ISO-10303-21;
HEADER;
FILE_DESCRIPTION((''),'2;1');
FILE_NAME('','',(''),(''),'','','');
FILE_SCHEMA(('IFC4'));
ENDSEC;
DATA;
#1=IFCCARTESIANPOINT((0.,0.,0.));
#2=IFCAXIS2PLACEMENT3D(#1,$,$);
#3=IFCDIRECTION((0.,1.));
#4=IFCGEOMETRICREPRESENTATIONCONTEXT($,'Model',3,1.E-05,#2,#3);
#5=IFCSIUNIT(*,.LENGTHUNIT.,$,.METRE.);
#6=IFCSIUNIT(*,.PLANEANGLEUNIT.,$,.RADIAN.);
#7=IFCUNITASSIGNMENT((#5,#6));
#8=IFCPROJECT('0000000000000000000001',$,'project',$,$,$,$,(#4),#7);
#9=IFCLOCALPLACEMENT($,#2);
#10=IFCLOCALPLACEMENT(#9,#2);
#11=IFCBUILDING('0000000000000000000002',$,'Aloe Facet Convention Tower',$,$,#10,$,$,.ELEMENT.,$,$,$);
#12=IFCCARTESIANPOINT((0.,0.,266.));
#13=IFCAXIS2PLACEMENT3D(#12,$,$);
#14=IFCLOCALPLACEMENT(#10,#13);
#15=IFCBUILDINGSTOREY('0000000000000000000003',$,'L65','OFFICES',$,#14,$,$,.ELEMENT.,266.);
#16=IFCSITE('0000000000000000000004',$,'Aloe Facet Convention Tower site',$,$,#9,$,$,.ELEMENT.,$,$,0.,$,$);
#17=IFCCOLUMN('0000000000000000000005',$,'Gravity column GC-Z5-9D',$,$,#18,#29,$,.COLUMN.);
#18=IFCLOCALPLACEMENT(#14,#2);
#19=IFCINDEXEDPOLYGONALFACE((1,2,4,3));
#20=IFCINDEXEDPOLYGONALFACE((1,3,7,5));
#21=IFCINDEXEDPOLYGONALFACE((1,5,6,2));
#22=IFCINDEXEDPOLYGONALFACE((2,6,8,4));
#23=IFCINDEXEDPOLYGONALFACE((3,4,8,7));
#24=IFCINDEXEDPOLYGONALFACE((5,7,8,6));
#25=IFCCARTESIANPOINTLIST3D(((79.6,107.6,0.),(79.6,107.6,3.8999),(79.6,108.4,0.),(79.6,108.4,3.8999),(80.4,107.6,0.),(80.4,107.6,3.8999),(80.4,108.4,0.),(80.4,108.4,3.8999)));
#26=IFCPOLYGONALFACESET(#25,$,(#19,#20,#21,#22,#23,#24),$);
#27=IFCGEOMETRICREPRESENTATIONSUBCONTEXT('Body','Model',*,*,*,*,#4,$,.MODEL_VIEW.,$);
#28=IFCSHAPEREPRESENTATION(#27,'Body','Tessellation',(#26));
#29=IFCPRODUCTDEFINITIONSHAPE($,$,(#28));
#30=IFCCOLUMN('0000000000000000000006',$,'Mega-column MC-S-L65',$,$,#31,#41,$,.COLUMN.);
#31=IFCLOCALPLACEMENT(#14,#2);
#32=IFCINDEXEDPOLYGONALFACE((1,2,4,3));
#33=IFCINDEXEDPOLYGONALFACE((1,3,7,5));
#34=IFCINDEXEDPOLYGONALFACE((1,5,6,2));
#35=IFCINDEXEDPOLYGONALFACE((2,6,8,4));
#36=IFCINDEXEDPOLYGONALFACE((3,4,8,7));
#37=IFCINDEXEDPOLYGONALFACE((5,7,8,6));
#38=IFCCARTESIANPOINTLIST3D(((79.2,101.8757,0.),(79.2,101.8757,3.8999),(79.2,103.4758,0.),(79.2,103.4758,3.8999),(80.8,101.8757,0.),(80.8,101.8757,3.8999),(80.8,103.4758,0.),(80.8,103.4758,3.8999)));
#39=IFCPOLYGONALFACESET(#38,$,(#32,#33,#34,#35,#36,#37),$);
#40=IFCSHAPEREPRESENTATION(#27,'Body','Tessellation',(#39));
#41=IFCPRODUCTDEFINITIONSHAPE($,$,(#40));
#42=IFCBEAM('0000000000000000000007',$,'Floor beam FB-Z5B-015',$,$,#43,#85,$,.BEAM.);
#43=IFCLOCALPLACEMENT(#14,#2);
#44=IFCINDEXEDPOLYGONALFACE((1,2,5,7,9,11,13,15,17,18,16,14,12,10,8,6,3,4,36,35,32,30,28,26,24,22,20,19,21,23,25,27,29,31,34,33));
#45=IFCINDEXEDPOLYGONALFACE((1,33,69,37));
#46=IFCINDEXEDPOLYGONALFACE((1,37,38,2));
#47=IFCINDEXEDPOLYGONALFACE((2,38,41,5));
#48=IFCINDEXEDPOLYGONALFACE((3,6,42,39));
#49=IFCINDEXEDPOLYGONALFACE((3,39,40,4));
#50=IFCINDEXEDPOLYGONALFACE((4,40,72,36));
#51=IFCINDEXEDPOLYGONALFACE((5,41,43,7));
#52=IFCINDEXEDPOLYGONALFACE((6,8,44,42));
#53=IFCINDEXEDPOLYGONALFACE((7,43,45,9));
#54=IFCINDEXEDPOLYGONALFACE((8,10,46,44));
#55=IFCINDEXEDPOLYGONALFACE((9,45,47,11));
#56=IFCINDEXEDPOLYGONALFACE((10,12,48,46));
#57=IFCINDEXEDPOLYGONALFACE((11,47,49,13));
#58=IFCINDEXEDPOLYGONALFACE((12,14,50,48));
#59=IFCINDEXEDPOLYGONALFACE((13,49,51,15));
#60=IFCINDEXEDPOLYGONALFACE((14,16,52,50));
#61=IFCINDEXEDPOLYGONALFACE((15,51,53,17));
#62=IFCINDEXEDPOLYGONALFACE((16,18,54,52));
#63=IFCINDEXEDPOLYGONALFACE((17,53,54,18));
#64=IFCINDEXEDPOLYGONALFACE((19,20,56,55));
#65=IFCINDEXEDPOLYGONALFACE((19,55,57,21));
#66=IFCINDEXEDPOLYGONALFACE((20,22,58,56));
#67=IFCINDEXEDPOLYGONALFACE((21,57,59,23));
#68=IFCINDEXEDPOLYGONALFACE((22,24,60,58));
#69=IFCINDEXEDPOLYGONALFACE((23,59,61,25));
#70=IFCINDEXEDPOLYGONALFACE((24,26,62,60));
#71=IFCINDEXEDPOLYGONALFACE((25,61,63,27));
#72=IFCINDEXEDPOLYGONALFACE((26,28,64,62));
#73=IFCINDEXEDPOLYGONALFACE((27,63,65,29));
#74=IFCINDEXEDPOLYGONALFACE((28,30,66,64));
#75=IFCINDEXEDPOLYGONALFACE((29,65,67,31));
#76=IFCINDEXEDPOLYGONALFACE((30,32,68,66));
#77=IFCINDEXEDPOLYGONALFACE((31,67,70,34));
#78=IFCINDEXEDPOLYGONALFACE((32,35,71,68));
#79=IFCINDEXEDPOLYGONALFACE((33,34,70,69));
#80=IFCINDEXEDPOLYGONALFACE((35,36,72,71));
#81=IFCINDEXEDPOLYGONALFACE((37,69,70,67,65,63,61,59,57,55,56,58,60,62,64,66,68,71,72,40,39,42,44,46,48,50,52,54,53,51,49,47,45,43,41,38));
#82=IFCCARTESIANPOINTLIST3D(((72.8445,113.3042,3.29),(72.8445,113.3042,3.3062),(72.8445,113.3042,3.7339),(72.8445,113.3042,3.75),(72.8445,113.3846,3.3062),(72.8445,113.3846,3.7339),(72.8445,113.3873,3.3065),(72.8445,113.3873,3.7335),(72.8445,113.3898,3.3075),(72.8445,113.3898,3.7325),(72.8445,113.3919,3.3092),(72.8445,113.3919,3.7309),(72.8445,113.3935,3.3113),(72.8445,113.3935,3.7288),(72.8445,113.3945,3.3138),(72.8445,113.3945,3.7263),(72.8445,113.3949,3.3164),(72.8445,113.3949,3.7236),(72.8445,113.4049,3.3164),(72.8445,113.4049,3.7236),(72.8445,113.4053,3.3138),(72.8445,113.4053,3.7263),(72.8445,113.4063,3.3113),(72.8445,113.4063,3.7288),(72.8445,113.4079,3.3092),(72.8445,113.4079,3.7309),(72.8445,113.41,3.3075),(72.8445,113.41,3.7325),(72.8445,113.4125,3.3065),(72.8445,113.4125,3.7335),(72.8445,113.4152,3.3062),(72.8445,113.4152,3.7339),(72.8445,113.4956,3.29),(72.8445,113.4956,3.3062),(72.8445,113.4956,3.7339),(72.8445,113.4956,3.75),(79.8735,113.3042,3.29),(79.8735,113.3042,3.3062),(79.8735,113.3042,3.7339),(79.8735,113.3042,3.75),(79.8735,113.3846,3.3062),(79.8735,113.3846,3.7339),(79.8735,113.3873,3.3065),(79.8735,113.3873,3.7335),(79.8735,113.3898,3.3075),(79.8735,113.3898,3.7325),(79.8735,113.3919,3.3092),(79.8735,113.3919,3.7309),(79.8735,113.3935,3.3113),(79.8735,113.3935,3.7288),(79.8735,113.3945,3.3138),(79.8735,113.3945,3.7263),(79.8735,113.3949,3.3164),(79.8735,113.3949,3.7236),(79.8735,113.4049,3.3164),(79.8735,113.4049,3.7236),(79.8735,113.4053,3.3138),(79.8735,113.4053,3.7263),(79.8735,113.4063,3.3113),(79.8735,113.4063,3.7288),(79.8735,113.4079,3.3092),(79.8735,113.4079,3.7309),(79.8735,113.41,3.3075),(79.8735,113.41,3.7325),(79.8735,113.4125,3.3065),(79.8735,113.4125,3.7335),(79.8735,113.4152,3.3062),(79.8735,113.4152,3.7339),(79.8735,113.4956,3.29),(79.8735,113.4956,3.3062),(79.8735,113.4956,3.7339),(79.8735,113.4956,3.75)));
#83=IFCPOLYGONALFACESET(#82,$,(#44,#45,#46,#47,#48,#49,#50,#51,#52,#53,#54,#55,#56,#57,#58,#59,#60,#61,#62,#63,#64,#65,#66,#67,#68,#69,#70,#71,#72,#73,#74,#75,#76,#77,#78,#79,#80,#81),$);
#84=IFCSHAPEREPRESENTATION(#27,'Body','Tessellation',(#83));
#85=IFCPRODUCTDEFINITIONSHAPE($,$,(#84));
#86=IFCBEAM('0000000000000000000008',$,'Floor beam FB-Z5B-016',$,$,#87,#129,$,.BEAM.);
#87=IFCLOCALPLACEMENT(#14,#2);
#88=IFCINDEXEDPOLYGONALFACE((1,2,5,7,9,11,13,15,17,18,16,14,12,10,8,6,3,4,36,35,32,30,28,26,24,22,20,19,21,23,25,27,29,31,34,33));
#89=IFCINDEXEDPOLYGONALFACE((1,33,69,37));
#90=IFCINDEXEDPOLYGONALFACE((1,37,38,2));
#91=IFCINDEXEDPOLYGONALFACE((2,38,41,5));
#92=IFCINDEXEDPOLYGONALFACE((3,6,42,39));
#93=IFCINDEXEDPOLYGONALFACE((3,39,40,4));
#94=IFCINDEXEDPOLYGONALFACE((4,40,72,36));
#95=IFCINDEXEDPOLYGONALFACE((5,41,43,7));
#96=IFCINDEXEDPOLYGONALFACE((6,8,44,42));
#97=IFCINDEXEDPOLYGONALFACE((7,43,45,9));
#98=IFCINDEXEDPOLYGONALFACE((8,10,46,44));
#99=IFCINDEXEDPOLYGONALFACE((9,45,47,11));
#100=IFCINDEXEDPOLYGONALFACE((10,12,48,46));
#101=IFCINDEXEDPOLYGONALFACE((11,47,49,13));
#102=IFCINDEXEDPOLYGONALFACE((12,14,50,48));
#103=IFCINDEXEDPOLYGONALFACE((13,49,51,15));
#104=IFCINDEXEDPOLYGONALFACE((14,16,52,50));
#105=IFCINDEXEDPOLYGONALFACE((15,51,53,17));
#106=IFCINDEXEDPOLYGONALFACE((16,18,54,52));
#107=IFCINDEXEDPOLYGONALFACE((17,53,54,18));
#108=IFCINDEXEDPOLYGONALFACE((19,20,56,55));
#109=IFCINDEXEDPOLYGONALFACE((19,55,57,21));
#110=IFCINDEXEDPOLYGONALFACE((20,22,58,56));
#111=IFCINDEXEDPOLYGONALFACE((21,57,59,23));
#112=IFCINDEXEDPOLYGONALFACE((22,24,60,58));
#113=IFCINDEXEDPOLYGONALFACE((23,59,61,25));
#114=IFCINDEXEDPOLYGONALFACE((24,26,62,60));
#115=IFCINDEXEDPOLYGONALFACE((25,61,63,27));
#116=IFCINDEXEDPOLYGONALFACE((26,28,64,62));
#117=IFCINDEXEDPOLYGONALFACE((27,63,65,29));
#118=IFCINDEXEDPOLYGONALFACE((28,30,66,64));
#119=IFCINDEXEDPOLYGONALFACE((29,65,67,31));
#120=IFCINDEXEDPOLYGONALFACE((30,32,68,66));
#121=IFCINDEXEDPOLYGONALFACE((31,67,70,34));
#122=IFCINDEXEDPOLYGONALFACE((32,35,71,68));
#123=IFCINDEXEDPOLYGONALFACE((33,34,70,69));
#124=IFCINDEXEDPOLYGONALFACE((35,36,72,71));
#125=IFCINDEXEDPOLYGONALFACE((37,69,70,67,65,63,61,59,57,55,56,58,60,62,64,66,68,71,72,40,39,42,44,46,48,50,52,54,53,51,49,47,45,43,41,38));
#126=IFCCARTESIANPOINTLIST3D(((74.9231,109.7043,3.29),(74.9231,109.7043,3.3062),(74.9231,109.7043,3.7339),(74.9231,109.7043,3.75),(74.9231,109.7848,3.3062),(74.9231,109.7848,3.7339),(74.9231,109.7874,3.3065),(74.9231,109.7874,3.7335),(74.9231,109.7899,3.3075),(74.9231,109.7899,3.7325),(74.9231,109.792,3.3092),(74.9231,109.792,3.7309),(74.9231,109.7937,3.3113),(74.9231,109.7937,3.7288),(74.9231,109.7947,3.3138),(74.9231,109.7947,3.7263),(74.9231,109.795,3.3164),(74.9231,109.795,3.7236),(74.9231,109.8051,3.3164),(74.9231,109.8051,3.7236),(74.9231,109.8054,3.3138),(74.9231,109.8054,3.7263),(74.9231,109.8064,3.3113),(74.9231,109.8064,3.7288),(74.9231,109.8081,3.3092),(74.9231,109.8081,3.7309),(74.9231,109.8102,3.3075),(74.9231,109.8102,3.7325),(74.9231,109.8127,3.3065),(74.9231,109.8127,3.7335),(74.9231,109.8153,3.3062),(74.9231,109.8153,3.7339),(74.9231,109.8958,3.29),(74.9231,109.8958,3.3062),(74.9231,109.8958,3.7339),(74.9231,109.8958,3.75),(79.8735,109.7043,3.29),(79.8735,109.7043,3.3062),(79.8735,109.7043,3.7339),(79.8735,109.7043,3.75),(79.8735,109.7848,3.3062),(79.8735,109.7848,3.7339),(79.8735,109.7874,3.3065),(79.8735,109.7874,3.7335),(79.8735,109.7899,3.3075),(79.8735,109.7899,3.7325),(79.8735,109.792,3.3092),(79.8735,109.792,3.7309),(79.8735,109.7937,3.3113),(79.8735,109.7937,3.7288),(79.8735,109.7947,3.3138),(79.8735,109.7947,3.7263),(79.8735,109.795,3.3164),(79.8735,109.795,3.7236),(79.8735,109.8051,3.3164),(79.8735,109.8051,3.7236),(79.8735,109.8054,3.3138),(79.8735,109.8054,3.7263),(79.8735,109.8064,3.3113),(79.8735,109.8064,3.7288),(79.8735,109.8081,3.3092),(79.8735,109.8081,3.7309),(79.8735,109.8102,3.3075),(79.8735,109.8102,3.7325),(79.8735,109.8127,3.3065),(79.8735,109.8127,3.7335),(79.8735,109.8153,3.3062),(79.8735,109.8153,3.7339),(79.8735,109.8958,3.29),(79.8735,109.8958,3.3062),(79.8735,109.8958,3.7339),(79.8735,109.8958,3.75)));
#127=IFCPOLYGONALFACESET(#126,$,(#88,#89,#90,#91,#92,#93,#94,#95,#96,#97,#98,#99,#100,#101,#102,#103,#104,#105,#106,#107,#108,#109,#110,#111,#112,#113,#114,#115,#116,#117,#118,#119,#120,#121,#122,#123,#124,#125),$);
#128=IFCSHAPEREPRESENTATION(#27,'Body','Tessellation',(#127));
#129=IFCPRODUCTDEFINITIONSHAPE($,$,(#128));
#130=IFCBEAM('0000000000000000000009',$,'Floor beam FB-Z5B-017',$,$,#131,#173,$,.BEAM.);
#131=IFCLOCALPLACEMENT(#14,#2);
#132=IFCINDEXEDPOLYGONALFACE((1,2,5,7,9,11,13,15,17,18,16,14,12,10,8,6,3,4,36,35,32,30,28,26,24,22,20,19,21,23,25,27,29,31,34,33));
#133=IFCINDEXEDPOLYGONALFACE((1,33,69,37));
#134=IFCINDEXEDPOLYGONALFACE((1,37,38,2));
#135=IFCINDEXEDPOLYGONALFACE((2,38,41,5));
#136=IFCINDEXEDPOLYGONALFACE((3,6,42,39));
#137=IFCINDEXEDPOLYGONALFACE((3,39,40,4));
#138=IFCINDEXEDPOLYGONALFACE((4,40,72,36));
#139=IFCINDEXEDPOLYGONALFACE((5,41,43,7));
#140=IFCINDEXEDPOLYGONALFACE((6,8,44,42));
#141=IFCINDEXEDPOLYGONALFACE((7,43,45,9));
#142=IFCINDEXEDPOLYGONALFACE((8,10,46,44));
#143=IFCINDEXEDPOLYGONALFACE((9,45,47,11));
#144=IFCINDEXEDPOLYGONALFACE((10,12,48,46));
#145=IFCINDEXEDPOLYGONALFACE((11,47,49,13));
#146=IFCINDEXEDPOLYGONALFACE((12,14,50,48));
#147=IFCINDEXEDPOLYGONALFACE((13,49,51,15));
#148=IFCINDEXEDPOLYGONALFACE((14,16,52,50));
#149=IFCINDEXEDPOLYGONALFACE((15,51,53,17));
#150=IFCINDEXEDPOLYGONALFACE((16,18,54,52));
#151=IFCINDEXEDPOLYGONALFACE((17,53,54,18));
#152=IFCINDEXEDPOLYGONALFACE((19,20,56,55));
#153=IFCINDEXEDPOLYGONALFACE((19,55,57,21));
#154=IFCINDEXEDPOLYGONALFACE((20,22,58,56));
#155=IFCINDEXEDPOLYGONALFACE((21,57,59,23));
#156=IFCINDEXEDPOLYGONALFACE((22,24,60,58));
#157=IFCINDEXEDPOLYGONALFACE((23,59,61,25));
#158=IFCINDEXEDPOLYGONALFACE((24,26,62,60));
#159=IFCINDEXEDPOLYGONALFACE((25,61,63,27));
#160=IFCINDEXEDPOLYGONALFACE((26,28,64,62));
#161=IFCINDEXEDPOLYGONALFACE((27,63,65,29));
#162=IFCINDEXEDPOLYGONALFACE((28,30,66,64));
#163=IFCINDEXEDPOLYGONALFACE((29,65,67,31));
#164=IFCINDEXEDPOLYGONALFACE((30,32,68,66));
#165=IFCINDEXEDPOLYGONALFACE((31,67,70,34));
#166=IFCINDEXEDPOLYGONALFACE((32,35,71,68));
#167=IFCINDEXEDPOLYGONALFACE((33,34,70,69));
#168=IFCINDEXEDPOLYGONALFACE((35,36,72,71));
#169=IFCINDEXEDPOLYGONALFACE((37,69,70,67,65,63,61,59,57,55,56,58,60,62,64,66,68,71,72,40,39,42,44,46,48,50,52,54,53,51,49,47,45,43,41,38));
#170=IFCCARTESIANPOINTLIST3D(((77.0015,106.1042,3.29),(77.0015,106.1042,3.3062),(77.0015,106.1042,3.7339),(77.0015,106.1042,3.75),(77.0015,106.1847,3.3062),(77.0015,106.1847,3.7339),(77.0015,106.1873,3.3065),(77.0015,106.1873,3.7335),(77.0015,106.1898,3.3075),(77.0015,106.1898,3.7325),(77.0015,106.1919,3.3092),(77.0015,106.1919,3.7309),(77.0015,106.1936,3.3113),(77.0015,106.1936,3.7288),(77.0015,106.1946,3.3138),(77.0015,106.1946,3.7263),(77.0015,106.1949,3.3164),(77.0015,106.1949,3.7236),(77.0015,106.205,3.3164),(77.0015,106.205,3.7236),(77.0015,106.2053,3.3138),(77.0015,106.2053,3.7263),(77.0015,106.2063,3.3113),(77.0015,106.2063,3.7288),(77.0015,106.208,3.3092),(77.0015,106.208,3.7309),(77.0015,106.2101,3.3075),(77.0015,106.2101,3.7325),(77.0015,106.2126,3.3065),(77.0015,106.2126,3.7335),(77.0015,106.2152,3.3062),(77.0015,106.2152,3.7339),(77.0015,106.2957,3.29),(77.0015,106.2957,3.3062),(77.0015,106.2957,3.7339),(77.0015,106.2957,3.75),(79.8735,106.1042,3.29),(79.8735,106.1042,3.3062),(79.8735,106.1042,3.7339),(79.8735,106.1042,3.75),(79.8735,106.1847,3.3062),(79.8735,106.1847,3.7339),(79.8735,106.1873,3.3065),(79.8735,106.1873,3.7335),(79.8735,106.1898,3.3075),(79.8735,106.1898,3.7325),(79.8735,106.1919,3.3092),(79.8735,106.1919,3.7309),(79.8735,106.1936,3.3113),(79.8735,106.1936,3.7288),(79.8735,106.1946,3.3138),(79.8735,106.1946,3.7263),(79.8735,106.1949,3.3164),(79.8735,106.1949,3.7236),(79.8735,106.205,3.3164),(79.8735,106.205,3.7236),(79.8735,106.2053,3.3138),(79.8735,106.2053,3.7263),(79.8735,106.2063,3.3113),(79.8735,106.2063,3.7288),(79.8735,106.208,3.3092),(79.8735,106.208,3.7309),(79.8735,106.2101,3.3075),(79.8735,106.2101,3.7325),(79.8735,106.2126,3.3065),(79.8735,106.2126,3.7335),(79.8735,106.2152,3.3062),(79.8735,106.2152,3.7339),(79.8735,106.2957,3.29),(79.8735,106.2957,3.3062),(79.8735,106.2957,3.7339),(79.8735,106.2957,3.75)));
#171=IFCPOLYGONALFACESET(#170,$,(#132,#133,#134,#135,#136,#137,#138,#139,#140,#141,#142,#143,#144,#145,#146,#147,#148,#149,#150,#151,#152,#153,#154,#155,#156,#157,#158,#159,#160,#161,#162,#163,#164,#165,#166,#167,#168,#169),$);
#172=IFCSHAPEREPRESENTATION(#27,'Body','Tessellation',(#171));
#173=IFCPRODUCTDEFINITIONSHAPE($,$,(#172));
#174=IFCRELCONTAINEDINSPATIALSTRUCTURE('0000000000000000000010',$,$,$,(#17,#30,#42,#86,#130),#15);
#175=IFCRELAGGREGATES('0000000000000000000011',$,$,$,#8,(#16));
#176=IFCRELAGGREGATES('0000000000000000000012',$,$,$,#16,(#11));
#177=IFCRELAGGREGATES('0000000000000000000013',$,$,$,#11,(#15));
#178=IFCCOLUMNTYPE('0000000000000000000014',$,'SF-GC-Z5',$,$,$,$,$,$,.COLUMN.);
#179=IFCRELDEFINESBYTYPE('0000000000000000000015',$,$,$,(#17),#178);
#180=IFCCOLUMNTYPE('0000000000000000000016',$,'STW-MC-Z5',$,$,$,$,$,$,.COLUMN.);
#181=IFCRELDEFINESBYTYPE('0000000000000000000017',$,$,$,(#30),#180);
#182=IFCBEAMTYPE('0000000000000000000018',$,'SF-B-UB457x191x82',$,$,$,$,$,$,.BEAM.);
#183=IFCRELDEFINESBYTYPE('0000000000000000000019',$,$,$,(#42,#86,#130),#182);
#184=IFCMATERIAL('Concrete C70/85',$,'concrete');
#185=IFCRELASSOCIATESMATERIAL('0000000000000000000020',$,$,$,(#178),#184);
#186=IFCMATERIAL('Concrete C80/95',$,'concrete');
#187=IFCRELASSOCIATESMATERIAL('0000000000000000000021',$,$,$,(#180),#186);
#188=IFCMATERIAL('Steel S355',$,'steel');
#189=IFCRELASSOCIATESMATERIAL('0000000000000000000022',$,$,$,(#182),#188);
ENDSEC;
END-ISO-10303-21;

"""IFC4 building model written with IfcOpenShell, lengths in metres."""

from ifc_helpers import new_model, si_unit, direction, frame, origin, origin_2d, place, context, subcontext, project, spatial, rectangle, i_section, extrude, material, material_profile, profile_set, type_object, element, save


model = new_model("IFC4")

# Units and contexts
model_context = context("Model", 3, precision=1e-05, world=origin(), true_north=direction((0.0, 1.0)))
body_context = subcontext(model_context, "Body", "Model", "MODEL_VIEW")
ifc_project = project(units=[si_unit("LENGTHUNIT", "METRE"), si_unit("PLANEANGLEUNIT", "RADIAN")], contexts=[model_context])

# Site, building, storey
site_placement = place(None, origin())
site = spatial("IfcSite", under=ifc_project, at=site_placement, Name="Aloe Facet Convention Tower site", CompositionType="ELEMENT", RefElevation=0.0)
building_placement = place(site_placement, origin())
building = spatial("IfcBuilding", under=site, at=building_placement, Name="Aloe Facet Convention Tower", CompositionType="ELEMENT")
storey_placement = place(building_placement, frame((0.0, 0.0, 266.0)))
storey = spatial("IfcBuildingStorey", under=building, at=storey_placement, Name="L65", Description="OFFICES", CompositionType="ELEMENT", Elevation=266.0)

# Columns
ifc_material_1 = material(Name="Concrete C70/85", Category="concrete")
ifc_material_profile_1 = material_profile(ifc_material_1, rectangle(XDim=0.8, YDim=0.8, at=origin_2d()), Name="SF-GC-Z5")
ifc_profile_set_1 = profile_set([ifc_material_profile_1], Name="Concrete C70/85")
column_type_1 = type_object("IfcColumnType", Name="SF-GC-Z5", PredefinedType="COLUMN", material=ifc_profile_set_1)
column_1_placement = place(storey_placement, frame((80.0, 108.0, 0.0), z_axis=(0.0, 0.0, 1.0), x_axis=(1.0, 0.0, 0.0)))
element("IfcColumn", 1, at=column_1_placement, inside=storey, type_object=column_type_1, Name="Gravity column GC-Z5-9D", PredefinedType="COLUMN", context=body_context, shape_type="SweptSolid", body=[
    extrude(rectangle(XDim=0.8, YDim=0.8, at=origin_2d()), origin(), (0.0, 0.0, 1.0), 3.8999),
])
ifc_material_2 = material(Name="Concrete C80/95", Category="concrete")
ifc_material_profile_2 = material_profile(ifc_material_2, rectangle(XDim=1.6001, YDim=1.6001, at=origin_2d()), Name="STW-MC-Z5")
ifc_profile_set_2 = profile_set([ifc_material_profile_2], Name="Concrete C80/95")
column_type_2 = type_object("IfcColumnType", Name="STW-MC-Z5", PredefinedType="COLUMN", material=ifc_profile_set_2)
column_2_placement = place(storey_placement, frame((80.0, 102.6758, 0.0), z_axis=(0.0, 0.0, 1.0), x_axis=(1.0, 0.0, 0.0)))
element("IfcColumn", 2, at=column_2_placement, inside=storey, type_object=column_type_2, Name="Mega-column MC-S-L65", PredefinedType="COLUMN", context=body_context, shape_type="SweptSolid", body=[
    extrude(rectangle(XDim=1.6001, YDim=1.6001, at=origin_2d()), origin(), (0.0, 0.0, 1.0), 3.8999),
])

# Beams
ifc_material_3 = material(Name="Steel S355", Category="steel")
ifc_material_profile_3 = material_profile(ifc_material_3, i_section(OverallWidth=0.1914, OverallDepth=0.46, WebThickness=0.01, FlangeThickness=0.0161, FilletRadius=0.0103, at=origin_2d()), Name="UB 457x191x82")
ifc_profile_set_3 = profile_set([ifc_material_profile_3], Name="Steel S355")
beam_type_1 = type_object("IfcBeamType", Name="SF-B-UB457x191x82", PredefinedType="BEAM", material=ifc_profile_set_3)
beam_1_placement = place(storey_placement, frame((72.8445, 113.3999, 3.52), z_axis=(1.0, 0.0, 0.0), x_axis=(0.0, 1.0, 0.0)))
element("IfcBeam", 3, at=beam_1_placement, inside=storey, type_object=beam_type_1, Name="Floor beam FB-Z5B-015", PredefinedType="BEAM", context=body_context, shape_type="SweptSolid", body=[
    extrude(i_section(OverallWidth=0.1914, OverallDepth=0.46, WebThickness=0.01, FlangeThickness=0.0161, FilletRadius=0.0103, at=origin_2d()), origin(), (0.0, 0.0, 1.0), 7.0291),
])
beam_2_placement = place(storey_placement, frame((74.9231, 109.8, 3.52), z_axis=(1.0, 0.0, 0.0), x_axis=(0.0, 1.0, 0.0)))
element("IfcBeam", 4, at=beam_2_placement, inside=storey, type_object=beam_type_1, Name="Floor beam FB-Z5B-016", PredefinedType="BEAM", context=body_context, shape_type="SweptSolid", body=[
    extrude(i_section(OverallWidth=0.1914, OverallDepth=0.46, WebThickness=0.01, FlangeThickness=0.0161, FilletRadius=0.0103, at=origin_2d()), origin(), (0.0, 0.0, 1.0), 4.9504),
])
for number, where, z_axis, x_axis, name in (
    (5, (77.0015, 106.2, 3.52), (1.0, 0.0, 0.0), (0.0, 1.0, 0.0), "Floor beam FB-Z5B-017"),
):
    element("IfcBeam", number, at=place(storey_placement, frame(where, z_axis=z_axis, x_axis=x_axis)), inside=storey, type_object=beam_type_1, Name=name, PredefinedType="BEAM", context=body_context, shape_type="SweptSolid", body=[
        extrude(i_section(OverallWidth=0.1914, OverallDepth=0.46, WebThickness=0.01, FlangeThickness=0.0161, FilletRadius=0.0103, at=origin_2d()), origin(), (0.0, 0.0, 1.0), 2.8721),
    ])

save(model, "model.ifc")
